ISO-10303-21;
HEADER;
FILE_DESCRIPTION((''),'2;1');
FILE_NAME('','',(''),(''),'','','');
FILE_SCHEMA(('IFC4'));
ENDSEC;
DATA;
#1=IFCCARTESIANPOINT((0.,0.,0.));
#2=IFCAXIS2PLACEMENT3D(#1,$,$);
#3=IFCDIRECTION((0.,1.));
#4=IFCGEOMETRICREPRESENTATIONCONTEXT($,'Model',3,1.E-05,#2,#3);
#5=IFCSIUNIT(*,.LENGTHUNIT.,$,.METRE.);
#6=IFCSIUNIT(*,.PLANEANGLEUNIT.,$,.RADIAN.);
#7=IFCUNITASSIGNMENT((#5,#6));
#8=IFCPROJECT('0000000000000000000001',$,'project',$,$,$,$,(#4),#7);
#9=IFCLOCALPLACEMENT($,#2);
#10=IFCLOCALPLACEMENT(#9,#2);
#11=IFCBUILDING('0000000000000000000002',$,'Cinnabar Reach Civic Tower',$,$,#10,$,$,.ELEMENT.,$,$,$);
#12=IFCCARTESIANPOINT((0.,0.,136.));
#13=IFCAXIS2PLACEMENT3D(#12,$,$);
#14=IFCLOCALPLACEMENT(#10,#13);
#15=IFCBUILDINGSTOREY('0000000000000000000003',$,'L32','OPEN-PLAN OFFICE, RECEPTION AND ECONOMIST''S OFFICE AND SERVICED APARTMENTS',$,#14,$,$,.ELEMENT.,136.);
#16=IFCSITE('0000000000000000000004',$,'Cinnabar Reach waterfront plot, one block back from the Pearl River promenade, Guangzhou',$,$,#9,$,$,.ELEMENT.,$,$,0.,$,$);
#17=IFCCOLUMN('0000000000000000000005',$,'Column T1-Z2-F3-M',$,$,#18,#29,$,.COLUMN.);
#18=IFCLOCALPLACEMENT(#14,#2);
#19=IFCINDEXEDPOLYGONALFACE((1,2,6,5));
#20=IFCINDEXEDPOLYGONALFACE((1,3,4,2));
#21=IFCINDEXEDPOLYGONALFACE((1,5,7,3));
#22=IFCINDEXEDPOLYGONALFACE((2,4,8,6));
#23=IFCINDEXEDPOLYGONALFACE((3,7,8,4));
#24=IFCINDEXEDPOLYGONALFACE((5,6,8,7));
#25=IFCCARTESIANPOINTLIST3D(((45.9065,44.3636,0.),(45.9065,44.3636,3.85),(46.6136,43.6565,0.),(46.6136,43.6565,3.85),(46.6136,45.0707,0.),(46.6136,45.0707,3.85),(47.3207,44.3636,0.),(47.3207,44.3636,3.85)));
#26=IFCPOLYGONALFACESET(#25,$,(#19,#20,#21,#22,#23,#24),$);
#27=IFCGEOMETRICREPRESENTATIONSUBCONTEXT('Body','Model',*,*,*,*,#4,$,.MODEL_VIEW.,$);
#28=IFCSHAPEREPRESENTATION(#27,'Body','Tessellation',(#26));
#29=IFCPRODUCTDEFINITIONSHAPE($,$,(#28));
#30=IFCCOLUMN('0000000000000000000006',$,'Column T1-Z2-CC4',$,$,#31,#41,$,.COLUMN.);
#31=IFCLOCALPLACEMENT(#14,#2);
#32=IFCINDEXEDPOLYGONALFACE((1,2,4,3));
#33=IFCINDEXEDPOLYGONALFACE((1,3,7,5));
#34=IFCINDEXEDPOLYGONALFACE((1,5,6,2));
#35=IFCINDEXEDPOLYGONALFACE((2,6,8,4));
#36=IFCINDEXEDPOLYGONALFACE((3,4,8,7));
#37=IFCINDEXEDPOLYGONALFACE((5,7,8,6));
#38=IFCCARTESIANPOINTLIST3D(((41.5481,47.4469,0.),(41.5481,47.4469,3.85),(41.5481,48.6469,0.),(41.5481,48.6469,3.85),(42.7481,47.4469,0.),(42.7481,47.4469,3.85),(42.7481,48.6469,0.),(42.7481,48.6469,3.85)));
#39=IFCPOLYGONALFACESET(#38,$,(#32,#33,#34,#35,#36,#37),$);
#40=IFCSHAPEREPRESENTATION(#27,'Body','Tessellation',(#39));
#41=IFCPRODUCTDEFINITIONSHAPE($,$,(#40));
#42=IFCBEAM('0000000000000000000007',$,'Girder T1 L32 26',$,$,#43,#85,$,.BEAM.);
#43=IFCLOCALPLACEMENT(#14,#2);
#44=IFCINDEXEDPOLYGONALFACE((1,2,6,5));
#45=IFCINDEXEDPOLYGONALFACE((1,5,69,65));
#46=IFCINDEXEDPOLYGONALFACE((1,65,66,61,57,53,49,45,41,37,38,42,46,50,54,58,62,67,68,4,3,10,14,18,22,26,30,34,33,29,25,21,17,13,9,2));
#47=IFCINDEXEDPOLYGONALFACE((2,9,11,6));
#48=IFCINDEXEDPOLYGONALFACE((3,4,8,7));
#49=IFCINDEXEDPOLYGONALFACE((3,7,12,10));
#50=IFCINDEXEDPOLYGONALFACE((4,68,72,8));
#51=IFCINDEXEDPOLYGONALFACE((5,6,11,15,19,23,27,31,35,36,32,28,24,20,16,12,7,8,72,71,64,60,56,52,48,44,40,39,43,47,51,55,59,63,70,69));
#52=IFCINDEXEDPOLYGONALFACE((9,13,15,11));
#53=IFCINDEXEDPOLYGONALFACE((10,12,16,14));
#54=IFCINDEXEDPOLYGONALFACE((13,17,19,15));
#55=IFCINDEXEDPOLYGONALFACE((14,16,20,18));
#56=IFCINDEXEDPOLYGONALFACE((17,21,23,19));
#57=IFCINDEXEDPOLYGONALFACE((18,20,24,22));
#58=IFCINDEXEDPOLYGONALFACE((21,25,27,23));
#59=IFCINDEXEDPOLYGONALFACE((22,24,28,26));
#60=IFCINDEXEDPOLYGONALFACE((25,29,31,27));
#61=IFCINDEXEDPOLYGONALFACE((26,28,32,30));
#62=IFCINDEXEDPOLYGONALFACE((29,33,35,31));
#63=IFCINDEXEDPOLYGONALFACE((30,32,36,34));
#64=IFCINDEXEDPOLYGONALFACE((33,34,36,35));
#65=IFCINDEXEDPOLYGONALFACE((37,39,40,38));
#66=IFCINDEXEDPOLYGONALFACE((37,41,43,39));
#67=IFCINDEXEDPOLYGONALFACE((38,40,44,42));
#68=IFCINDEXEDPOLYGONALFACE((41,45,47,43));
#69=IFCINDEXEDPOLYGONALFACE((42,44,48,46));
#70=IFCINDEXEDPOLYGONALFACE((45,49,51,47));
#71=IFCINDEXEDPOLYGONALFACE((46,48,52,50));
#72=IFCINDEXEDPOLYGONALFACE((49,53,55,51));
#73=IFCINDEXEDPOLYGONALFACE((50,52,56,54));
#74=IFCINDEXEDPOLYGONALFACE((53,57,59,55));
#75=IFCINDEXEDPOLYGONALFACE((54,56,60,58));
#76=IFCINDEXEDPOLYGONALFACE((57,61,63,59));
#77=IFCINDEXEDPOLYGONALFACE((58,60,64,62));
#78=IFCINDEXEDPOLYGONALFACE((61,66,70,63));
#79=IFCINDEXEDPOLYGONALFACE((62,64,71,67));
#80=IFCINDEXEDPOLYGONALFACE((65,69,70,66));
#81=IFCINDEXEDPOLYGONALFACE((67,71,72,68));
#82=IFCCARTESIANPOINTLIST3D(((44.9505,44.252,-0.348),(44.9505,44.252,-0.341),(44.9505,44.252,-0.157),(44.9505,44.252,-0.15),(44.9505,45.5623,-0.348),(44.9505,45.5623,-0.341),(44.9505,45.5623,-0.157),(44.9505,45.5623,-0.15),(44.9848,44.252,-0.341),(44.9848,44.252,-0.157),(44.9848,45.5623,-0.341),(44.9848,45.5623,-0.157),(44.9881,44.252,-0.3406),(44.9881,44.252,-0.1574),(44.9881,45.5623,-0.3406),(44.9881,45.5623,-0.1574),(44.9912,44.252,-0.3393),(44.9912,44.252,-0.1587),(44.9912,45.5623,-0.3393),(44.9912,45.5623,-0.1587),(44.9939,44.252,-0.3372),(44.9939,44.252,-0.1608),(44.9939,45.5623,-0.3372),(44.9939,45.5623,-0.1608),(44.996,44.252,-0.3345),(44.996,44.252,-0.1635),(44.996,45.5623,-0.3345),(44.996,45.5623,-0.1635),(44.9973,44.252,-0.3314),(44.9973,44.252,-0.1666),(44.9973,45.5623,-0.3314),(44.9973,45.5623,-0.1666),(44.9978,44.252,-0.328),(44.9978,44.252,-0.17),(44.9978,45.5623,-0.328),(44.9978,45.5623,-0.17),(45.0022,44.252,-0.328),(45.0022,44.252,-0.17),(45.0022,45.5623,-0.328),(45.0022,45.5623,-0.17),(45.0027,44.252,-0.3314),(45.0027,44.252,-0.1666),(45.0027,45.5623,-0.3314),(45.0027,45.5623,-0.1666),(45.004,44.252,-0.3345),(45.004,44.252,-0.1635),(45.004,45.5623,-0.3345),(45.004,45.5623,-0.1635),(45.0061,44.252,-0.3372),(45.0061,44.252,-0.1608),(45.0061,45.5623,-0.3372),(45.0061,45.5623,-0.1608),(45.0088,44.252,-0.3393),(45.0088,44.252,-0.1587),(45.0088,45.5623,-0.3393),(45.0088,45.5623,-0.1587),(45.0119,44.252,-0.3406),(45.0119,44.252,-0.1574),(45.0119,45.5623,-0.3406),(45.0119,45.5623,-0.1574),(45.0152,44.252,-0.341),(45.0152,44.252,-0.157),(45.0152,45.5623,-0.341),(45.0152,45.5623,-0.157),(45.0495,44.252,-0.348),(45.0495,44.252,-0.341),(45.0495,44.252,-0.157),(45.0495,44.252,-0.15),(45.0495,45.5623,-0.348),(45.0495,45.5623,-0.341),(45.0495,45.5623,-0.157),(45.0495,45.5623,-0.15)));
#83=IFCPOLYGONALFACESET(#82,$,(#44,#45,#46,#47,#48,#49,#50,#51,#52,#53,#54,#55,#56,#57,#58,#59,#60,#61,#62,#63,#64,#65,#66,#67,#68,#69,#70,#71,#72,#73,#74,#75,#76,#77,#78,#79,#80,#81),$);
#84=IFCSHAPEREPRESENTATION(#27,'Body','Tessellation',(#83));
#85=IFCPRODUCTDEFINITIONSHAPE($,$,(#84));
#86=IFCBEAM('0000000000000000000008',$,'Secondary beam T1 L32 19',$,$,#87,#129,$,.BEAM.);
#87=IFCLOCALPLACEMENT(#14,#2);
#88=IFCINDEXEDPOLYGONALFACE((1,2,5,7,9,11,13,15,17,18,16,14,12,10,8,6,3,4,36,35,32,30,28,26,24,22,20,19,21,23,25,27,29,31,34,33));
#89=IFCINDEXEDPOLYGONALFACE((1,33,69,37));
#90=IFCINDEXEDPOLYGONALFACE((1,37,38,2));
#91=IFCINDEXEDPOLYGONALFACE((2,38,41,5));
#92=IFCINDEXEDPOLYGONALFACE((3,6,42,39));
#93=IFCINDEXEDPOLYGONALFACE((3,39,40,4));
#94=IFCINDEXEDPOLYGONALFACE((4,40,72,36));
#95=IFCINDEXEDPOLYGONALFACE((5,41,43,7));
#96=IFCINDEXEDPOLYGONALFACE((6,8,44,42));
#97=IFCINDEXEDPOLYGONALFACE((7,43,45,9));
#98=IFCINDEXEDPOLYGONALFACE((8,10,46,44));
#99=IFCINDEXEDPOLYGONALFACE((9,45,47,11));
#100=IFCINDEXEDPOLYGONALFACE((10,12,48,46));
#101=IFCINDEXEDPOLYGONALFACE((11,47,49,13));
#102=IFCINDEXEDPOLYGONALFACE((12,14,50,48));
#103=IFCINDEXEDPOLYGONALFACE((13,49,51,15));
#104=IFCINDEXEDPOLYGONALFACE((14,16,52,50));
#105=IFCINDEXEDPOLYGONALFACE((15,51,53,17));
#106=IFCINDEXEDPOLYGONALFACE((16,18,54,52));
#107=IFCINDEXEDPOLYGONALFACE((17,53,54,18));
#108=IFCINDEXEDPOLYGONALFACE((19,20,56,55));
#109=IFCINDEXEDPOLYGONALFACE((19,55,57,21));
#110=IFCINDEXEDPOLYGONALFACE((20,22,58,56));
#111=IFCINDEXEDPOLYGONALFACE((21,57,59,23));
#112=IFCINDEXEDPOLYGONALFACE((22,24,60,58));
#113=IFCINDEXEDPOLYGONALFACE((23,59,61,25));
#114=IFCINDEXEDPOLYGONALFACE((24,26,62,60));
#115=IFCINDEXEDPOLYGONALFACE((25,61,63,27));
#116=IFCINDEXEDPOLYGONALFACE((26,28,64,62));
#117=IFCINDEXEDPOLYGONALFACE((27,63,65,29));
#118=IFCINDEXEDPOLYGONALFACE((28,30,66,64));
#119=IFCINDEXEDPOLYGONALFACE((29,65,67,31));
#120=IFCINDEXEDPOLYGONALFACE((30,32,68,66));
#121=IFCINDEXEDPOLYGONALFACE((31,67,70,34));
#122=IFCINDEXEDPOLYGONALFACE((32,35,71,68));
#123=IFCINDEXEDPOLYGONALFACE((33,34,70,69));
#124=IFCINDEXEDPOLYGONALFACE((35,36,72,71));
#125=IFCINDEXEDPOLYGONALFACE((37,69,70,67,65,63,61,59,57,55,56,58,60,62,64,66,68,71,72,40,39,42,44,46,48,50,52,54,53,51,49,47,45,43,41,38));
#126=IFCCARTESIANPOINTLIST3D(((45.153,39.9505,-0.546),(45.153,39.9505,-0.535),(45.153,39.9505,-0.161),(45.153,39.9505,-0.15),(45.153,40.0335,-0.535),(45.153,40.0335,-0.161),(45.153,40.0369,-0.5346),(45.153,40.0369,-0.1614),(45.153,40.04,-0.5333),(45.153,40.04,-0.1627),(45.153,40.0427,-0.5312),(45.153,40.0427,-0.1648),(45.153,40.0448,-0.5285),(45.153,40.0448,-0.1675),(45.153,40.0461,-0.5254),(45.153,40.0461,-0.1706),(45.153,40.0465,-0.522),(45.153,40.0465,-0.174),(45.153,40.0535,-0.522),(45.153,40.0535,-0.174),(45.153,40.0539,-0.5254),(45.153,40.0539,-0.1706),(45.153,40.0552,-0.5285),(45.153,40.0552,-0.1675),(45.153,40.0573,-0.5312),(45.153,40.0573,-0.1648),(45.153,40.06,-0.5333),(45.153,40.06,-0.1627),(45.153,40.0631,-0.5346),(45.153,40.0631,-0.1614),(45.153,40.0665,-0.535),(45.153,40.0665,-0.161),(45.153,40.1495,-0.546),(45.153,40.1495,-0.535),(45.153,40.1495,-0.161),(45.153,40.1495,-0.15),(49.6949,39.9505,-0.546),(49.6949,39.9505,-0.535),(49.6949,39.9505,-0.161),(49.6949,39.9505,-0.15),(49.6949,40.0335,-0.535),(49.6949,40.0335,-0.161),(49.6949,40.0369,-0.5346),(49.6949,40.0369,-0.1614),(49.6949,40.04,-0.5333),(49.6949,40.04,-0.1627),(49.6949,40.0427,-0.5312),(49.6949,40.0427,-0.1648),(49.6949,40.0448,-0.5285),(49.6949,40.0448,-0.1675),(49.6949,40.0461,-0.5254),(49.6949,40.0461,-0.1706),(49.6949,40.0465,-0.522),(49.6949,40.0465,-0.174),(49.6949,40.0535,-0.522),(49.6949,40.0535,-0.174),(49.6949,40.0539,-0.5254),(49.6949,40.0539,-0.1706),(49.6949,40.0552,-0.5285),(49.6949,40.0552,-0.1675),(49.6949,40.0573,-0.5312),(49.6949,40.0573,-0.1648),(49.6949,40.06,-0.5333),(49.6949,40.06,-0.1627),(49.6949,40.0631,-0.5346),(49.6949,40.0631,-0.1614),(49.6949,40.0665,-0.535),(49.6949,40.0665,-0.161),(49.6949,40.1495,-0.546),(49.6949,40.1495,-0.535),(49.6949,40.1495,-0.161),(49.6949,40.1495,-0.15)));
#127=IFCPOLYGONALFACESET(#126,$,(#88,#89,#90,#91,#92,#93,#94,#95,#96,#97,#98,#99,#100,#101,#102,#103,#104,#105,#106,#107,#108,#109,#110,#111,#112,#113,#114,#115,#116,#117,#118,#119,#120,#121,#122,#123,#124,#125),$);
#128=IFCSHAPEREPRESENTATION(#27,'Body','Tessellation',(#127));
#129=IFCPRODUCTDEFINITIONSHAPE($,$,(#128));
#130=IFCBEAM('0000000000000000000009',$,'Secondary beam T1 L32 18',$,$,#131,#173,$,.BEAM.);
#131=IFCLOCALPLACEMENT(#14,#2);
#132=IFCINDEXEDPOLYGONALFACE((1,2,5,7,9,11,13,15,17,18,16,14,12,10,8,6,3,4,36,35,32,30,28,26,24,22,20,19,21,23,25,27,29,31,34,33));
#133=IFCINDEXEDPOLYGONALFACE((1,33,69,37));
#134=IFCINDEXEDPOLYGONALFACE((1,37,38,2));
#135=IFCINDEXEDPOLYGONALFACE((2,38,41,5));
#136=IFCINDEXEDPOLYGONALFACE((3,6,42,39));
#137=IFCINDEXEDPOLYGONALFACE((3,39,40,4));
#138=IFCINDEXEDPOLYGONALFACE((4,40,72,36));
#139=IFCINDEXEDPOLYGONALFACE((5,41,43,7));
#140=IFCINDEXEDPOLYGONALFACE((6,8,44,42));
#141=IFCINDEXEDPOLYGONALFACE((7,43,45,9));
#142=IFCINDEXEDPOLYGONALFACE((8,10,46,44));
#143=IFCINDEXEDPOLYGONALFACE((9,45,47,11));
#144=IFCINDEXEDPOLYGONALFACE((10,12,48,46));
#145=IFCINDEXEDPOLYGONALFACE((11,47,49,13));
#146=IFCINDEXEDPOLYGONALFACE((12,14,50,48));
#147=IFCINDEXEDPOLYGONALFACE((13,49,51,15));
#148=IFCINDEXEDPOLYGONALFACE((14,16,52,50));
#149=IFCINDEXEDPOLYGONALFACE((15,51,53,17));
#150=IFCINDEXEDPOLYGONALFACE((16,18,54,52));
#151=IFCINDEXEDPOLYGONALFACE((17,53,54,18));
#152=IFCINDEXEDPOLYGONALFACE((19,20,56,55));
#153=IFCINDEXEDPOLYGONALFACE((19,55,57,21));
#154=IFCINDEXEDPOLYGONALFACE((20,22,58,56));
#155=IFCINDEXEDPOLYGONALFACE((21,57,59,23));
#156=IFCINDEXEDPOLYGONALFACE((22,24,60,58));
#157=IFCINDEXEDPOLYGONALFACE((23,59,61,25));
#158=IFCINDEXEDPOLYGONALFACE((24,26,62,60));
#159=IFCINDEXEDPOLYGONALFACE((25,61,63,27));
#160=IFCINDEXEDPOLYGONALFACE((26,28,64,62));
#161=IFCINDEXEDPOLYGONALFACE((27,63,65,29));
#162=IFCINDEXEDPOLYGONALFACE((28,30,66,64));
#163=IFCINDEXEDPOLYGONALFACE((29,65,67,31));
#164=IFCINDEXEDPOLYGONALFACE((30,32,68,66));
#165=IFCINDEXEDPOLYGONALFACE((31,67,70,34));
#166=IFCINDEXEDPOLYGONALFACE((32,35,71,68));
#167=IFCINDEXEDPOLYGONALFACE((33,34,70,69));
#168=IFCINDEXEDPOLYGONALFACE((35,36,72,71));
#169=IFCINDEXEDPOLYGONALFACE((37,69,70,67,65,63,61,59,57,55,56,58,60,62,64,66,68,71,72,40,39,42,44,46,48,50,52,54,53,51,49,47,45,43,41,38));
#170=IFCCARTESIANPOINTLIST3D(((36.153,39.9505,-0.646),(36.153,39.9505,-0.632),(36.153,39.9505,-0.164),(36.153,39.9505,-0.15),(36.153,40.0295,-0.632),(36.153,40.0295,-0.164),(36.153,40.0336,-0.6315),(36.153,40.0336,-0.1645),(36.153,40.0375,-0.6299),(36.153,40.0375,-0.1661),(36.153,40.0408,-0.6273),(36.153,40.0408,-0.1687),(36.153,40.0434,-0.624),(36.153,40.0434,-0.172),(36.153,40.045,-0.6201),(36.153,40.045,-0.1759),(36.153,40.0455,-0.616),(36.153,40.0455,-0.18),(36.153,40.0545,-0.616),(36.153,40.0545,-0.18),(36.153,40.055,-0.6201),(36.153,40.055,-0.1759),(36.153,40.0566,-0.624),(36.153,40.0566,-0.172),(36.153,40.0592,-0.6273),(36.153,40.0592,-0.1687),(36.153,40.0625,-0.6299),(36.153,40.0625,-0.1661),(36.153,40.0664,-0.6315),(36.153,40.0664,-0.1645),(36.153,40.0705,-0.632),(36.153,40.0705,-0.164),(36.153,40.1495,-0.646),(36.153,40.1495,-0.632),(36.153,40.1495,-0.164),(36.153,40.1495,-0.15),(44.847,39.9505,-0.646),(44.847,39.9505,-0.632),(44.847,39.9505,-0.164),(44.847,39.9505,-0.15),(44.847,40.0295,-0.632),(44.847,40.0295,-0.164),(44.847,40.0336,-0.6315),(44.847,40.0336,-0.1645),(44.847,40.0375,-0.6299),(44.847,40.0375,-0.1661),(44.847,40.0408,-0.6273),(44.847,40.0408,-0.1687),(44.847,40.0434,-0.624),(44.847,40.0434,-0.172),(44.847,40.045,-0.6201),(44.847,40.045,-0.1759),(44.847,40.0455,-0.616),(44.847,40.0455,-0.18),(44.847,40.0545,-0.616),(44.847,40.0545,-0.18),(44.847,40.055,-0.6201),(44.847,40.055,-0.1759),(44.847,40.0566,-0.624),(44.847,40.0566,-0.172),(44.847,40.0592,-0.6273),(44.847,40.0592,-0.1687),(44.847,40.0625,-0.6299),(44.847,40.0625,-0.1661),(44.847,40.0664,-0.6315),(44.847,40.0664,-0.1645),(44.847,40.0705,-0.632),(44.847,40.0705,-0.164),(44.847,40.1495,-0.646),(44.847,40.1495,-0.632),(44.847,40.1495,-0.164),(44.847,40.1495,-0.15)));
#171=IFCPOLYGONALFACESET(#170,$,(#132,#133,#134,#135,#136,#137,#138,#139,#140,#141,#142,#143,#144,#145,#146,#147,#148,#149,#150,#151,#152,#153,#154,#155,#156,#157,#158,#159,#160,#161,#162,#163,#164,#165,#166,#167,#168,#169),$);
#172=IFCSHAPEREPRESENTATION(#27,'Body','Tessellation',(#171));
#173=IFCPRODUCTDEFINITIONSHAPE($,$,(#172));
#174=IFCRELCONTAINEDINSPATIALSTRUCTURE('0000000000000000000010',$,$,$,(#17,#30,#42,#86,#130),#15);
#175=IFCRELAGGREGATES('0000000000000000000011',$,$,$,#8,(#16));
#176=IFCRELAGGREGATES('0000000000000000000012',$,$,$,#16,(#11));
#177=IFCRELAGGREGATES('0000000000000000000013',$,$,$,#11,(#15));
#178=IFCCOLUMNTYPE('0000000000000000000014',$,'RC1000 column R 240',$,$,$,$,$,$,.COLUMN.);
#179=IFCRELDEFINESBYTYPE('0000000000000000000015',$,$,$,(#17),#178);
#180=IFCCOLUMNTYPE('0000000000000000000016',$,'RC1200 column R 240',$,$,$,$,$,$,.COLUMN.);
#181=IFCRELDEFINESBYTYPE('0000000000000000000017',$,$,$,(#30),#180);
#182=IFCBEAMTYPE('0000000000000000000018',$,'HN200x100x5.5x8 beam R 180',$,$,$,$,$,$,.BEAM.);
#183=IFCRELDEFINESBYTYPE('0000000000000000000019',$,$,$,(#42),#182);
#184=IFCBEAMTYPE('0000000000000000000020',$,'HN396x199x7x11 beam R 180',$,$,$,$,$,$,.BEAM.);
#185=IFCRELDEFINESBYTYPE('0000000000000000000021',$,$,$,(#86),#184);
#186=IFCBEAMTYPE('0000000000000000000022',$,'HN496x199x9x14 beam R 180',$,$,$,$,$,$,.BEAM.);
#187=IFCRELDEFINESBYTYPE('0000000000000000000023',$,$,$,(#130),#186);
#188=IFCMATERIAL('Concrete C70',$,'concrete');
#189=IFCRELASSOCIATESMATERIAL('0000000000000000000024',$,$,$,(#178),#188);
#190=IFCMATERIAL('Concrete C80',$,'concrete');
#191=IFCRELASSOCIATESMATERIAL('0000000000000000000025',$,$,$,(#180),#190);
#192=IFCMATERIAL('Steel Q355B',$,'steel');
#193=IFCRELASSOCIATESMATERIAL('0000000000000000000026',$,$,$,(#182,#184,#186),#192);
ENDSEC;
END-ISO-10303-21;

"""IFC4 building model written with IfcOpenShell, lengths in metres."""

from ifc_helpers import new_model, si_unit, direction, frame, origin, origin_2d, place, context, subcontext, project, spatial, rectangle, i_section, extrude, material, material_profile, profile_set, type_object, element, save


model = new_model("IFC4")

# Units and contexts
model_context = context("Model", 3, precision=1e-05, world=origin(), true_north=direction((0.0, 1.0)))
body_context = subcontext(model_context, "Body", "Model", "MODEL_VIEW")
ifc_project = project(units=[si_unit("LENGTHUNIT", "METRE"), si_unit("PLANEANGLEUNIT", "RADIAN")], contexts=[model_context])

# Site, building, storey
site_placement = place(None, origin())
site = spatial("IfcSite", under=ifc_project, at=site_placement, Name="Cinnabar Reach waterfront plot, one block back from the Pearl River promenade, Guangzhou", CompositionType="ELEMENT", RefElevation=0.0)
building_placement = place(site_placement, origin())
building = spatial("IfcBuilding", under=site, at=building_placement, Name="Cinnabar Reach Civic Tower", CompositionType="ELEMENT")
storey_placement = place(building_placement, frame((0.0, 0.0, 136.0)))
storey = spatial("IfcBuildingStorey", under=building, at=storey_placement, Name="L32", Description="OPEN-PLAN OFFICE, RECEPTION AND ECONOMIST'S OFFICE AND SERVICED APARTMENTS", CompositionType="ELEMENT", Elevation=136.0)

# Columns
ifc_material_1 = material(Name="Concrete C70", Category="concrete")
ifc_material_profile_1 = material_profile(ifc_material_1, rectangle(XDim=1.0, YDim=1.0, at=origin_2d()), Name="RC1000")
ifc_profile_set_1 = profile_set([ifc_material_profile_1], Name="Concrete C70")
column_type_1 = type_object("IfcColumnType", Name="RC1000 column R 240", PredefinedType="COLUMN", material=ifc_profile_set_1)
column_1_placement = place(storey_placement, frame((46.6136, 44.3636, 0.0), z_axis=(0.0, 0.0, 1.0), x_axis=(0.707107, 0.707107, 0.0)))
element("IfcColumn", 1, at=column_1_placement, inside=storey, type_object=column_type_1, Name="Column T1-Z2-F3-M", PredefinedType="COLUMN", context=body_context, shape_type="SweptSolid", body=[
    extrude(rectangle(XDim=1.0, YDim=1.0, at=origin_2d()), origin(), (0.0, 0.0, 1.0), 3.85),
])
ifc_material_2 = material(Name="Concrete C80", Category="concrete")
ifc_material_profile_2 = material_profile(ifc_material_2, rectangle(XDim=1.2, YDim=1.2, at=origin_2d()), Name="RC1200")
ifc_profile_set_2 = profile_set([ifc_material_profile_2], Name="Concrete C80")
column_type_2 = type_object("IfcColumnType", Name="RC1200 column R 240", PredefinedType="COLUMN", material=ifc_profile_set_2)
column_2_placement = place(storey_placement, frame((42.1481, 48.0469, 0.0), z_axis=(0.0, 0.0, 1.0), x_axis=(1.0, 0.0, 0.0)))
element("IfcColumn", 2, at=column_2_placement, inside=storey, type_object=column_type_2, Name="Column T1-Z2-CC4", PredefinedType="COLUMN", context=body_context, shape_type="SweptSolid", body=[
    extrude(rectangle(XDim=1.2, YDim=1.2, at=origin_2d()), origin(), (0.0, 0.0, 1.0), 3.85),
])

# Beams
ifc_material_3 = material(Name="Steel Q355B", Category="steel")
ifc_material_profile_3 = material_profile(ifc_material_3, i_section(OverallWidth=0.099, OverallDepth=0.198, WebThickness=0.0045, FlangeThickness=0.007, FilletRadius=0.013, at=origin_2d()), Name="HN200x100x5.5x8")
ifc_profile_set_3 = profile_set([ifc_material_profile_3], Name="Steel Q355B")
beam_type_1 = type_object("IfcBeamType", Name="HN200x100x5.5x8 beam R 180", PredefinedType="BEAM", material=ifc_profile_set_3)
beam_1_placement = place(storey_placement, frame((45.0, 44.252, -0.249), z_axis=(0.0, 1.0, 0.0), x_axis=(-1.0, 0.0, 0.0)))
element("IfcBeam", 3, at=beam_1_placement, inside=storey, type_object=beam_type_1, Name="Girder T1 L32 26", PredefinedType="BEAM", context=body_context, shape_type="SweptSolid", body=[
    extrude(i_section(OverallWidth=0.099, OverallDepth=0.198, WebThickness=0.0045, FlangeThickness=0.007, FilletRadius=0.013, at=origin_2d()), origin(), (0.0, 0.0, 1.0), 1.3103),
])
ifc_material_profile_4 = material_profile(ifc_material_3, i_section(OverallWidth=0.199, OverallDepth=0.396, WebThickness=0.007, FlangeThickness=0.011, FilletRadius=0.013, at=origin_2d()), Name="HN396x199x7x11")
ifc_profile_set_4 = profile_set([ifc_material_profile_4], Name="Steel Q355B")
beam_type_2 = type_object("IfcBeamType", Name="HN396x199x7x11 beam R 180", PredefinedType="BEAM", material=ifc_profile_set_4)
beam_2_placement = place(storey_placement, frame((45.153, 40.05, -0.348), z_axis=(1.0, 0.0, 0.0), x_axis=(0.0, 1.0, 0.0)))
element("IfcBeam", 4, at=beam_2_placement, inside=storey, type_object=beam_type_2, Name="Secondary beam T1 L32 19", PredefinedType="BEAM", context=body_context, shape_type="SweptSolid", body=[
    extrude(i_section(OverallWidth=0.199, OverallDepth=0.396, WebThickness=0.007, FlangeThickness=0.011, FilletRadius=0.013, at=origin_2d()), origin(), (0.0, 0.0, 1.0), 4.5419),
])
ifc_material_profile_5 = material_profile(ifc_material_3, i_section(OverallWidth=0.199, OverallDepth=0.496, WebThickness=0.009, FlangeThickness=0.014, FilletRadius=0.016, at=origin_2d()), Name="HN496x199x9x14")
ifc_profile_set_5 = profile_set([ifc_material_profile_5], Name="Steel Q355B")
beam_type_3 = type_object("IfcBeamType", Name="HN496x199x9x14 beam R 180", PredefinedType="BEAM", material=ifc_profile_set_5)
beam_3_placement = place(storey_placement, frame((36.153, 40.05, -0.398), z_axis=(1.0, 0.0, 0.0), x_axis=(0.0, 1.0, 0.0)))
element("IfcBeam", 5, at=beam_3_placement, inside=storey, type_object=beam_type_3, Name="Secondary beam T1 L32 18", PredefinedType="BEAM", context=body_context, shape_type="SweptSolid", body=[
    extrude(i_section(OverallWidth=0.199, OverallDepth=0.496, WebThickness=0.009, FlangeThickness=0.014, FilletRadius=0.016, at=origin_2d()), origin(), (0.0, 0.0, 1.0), 8.694),
])

save(model, "model.ifc")
